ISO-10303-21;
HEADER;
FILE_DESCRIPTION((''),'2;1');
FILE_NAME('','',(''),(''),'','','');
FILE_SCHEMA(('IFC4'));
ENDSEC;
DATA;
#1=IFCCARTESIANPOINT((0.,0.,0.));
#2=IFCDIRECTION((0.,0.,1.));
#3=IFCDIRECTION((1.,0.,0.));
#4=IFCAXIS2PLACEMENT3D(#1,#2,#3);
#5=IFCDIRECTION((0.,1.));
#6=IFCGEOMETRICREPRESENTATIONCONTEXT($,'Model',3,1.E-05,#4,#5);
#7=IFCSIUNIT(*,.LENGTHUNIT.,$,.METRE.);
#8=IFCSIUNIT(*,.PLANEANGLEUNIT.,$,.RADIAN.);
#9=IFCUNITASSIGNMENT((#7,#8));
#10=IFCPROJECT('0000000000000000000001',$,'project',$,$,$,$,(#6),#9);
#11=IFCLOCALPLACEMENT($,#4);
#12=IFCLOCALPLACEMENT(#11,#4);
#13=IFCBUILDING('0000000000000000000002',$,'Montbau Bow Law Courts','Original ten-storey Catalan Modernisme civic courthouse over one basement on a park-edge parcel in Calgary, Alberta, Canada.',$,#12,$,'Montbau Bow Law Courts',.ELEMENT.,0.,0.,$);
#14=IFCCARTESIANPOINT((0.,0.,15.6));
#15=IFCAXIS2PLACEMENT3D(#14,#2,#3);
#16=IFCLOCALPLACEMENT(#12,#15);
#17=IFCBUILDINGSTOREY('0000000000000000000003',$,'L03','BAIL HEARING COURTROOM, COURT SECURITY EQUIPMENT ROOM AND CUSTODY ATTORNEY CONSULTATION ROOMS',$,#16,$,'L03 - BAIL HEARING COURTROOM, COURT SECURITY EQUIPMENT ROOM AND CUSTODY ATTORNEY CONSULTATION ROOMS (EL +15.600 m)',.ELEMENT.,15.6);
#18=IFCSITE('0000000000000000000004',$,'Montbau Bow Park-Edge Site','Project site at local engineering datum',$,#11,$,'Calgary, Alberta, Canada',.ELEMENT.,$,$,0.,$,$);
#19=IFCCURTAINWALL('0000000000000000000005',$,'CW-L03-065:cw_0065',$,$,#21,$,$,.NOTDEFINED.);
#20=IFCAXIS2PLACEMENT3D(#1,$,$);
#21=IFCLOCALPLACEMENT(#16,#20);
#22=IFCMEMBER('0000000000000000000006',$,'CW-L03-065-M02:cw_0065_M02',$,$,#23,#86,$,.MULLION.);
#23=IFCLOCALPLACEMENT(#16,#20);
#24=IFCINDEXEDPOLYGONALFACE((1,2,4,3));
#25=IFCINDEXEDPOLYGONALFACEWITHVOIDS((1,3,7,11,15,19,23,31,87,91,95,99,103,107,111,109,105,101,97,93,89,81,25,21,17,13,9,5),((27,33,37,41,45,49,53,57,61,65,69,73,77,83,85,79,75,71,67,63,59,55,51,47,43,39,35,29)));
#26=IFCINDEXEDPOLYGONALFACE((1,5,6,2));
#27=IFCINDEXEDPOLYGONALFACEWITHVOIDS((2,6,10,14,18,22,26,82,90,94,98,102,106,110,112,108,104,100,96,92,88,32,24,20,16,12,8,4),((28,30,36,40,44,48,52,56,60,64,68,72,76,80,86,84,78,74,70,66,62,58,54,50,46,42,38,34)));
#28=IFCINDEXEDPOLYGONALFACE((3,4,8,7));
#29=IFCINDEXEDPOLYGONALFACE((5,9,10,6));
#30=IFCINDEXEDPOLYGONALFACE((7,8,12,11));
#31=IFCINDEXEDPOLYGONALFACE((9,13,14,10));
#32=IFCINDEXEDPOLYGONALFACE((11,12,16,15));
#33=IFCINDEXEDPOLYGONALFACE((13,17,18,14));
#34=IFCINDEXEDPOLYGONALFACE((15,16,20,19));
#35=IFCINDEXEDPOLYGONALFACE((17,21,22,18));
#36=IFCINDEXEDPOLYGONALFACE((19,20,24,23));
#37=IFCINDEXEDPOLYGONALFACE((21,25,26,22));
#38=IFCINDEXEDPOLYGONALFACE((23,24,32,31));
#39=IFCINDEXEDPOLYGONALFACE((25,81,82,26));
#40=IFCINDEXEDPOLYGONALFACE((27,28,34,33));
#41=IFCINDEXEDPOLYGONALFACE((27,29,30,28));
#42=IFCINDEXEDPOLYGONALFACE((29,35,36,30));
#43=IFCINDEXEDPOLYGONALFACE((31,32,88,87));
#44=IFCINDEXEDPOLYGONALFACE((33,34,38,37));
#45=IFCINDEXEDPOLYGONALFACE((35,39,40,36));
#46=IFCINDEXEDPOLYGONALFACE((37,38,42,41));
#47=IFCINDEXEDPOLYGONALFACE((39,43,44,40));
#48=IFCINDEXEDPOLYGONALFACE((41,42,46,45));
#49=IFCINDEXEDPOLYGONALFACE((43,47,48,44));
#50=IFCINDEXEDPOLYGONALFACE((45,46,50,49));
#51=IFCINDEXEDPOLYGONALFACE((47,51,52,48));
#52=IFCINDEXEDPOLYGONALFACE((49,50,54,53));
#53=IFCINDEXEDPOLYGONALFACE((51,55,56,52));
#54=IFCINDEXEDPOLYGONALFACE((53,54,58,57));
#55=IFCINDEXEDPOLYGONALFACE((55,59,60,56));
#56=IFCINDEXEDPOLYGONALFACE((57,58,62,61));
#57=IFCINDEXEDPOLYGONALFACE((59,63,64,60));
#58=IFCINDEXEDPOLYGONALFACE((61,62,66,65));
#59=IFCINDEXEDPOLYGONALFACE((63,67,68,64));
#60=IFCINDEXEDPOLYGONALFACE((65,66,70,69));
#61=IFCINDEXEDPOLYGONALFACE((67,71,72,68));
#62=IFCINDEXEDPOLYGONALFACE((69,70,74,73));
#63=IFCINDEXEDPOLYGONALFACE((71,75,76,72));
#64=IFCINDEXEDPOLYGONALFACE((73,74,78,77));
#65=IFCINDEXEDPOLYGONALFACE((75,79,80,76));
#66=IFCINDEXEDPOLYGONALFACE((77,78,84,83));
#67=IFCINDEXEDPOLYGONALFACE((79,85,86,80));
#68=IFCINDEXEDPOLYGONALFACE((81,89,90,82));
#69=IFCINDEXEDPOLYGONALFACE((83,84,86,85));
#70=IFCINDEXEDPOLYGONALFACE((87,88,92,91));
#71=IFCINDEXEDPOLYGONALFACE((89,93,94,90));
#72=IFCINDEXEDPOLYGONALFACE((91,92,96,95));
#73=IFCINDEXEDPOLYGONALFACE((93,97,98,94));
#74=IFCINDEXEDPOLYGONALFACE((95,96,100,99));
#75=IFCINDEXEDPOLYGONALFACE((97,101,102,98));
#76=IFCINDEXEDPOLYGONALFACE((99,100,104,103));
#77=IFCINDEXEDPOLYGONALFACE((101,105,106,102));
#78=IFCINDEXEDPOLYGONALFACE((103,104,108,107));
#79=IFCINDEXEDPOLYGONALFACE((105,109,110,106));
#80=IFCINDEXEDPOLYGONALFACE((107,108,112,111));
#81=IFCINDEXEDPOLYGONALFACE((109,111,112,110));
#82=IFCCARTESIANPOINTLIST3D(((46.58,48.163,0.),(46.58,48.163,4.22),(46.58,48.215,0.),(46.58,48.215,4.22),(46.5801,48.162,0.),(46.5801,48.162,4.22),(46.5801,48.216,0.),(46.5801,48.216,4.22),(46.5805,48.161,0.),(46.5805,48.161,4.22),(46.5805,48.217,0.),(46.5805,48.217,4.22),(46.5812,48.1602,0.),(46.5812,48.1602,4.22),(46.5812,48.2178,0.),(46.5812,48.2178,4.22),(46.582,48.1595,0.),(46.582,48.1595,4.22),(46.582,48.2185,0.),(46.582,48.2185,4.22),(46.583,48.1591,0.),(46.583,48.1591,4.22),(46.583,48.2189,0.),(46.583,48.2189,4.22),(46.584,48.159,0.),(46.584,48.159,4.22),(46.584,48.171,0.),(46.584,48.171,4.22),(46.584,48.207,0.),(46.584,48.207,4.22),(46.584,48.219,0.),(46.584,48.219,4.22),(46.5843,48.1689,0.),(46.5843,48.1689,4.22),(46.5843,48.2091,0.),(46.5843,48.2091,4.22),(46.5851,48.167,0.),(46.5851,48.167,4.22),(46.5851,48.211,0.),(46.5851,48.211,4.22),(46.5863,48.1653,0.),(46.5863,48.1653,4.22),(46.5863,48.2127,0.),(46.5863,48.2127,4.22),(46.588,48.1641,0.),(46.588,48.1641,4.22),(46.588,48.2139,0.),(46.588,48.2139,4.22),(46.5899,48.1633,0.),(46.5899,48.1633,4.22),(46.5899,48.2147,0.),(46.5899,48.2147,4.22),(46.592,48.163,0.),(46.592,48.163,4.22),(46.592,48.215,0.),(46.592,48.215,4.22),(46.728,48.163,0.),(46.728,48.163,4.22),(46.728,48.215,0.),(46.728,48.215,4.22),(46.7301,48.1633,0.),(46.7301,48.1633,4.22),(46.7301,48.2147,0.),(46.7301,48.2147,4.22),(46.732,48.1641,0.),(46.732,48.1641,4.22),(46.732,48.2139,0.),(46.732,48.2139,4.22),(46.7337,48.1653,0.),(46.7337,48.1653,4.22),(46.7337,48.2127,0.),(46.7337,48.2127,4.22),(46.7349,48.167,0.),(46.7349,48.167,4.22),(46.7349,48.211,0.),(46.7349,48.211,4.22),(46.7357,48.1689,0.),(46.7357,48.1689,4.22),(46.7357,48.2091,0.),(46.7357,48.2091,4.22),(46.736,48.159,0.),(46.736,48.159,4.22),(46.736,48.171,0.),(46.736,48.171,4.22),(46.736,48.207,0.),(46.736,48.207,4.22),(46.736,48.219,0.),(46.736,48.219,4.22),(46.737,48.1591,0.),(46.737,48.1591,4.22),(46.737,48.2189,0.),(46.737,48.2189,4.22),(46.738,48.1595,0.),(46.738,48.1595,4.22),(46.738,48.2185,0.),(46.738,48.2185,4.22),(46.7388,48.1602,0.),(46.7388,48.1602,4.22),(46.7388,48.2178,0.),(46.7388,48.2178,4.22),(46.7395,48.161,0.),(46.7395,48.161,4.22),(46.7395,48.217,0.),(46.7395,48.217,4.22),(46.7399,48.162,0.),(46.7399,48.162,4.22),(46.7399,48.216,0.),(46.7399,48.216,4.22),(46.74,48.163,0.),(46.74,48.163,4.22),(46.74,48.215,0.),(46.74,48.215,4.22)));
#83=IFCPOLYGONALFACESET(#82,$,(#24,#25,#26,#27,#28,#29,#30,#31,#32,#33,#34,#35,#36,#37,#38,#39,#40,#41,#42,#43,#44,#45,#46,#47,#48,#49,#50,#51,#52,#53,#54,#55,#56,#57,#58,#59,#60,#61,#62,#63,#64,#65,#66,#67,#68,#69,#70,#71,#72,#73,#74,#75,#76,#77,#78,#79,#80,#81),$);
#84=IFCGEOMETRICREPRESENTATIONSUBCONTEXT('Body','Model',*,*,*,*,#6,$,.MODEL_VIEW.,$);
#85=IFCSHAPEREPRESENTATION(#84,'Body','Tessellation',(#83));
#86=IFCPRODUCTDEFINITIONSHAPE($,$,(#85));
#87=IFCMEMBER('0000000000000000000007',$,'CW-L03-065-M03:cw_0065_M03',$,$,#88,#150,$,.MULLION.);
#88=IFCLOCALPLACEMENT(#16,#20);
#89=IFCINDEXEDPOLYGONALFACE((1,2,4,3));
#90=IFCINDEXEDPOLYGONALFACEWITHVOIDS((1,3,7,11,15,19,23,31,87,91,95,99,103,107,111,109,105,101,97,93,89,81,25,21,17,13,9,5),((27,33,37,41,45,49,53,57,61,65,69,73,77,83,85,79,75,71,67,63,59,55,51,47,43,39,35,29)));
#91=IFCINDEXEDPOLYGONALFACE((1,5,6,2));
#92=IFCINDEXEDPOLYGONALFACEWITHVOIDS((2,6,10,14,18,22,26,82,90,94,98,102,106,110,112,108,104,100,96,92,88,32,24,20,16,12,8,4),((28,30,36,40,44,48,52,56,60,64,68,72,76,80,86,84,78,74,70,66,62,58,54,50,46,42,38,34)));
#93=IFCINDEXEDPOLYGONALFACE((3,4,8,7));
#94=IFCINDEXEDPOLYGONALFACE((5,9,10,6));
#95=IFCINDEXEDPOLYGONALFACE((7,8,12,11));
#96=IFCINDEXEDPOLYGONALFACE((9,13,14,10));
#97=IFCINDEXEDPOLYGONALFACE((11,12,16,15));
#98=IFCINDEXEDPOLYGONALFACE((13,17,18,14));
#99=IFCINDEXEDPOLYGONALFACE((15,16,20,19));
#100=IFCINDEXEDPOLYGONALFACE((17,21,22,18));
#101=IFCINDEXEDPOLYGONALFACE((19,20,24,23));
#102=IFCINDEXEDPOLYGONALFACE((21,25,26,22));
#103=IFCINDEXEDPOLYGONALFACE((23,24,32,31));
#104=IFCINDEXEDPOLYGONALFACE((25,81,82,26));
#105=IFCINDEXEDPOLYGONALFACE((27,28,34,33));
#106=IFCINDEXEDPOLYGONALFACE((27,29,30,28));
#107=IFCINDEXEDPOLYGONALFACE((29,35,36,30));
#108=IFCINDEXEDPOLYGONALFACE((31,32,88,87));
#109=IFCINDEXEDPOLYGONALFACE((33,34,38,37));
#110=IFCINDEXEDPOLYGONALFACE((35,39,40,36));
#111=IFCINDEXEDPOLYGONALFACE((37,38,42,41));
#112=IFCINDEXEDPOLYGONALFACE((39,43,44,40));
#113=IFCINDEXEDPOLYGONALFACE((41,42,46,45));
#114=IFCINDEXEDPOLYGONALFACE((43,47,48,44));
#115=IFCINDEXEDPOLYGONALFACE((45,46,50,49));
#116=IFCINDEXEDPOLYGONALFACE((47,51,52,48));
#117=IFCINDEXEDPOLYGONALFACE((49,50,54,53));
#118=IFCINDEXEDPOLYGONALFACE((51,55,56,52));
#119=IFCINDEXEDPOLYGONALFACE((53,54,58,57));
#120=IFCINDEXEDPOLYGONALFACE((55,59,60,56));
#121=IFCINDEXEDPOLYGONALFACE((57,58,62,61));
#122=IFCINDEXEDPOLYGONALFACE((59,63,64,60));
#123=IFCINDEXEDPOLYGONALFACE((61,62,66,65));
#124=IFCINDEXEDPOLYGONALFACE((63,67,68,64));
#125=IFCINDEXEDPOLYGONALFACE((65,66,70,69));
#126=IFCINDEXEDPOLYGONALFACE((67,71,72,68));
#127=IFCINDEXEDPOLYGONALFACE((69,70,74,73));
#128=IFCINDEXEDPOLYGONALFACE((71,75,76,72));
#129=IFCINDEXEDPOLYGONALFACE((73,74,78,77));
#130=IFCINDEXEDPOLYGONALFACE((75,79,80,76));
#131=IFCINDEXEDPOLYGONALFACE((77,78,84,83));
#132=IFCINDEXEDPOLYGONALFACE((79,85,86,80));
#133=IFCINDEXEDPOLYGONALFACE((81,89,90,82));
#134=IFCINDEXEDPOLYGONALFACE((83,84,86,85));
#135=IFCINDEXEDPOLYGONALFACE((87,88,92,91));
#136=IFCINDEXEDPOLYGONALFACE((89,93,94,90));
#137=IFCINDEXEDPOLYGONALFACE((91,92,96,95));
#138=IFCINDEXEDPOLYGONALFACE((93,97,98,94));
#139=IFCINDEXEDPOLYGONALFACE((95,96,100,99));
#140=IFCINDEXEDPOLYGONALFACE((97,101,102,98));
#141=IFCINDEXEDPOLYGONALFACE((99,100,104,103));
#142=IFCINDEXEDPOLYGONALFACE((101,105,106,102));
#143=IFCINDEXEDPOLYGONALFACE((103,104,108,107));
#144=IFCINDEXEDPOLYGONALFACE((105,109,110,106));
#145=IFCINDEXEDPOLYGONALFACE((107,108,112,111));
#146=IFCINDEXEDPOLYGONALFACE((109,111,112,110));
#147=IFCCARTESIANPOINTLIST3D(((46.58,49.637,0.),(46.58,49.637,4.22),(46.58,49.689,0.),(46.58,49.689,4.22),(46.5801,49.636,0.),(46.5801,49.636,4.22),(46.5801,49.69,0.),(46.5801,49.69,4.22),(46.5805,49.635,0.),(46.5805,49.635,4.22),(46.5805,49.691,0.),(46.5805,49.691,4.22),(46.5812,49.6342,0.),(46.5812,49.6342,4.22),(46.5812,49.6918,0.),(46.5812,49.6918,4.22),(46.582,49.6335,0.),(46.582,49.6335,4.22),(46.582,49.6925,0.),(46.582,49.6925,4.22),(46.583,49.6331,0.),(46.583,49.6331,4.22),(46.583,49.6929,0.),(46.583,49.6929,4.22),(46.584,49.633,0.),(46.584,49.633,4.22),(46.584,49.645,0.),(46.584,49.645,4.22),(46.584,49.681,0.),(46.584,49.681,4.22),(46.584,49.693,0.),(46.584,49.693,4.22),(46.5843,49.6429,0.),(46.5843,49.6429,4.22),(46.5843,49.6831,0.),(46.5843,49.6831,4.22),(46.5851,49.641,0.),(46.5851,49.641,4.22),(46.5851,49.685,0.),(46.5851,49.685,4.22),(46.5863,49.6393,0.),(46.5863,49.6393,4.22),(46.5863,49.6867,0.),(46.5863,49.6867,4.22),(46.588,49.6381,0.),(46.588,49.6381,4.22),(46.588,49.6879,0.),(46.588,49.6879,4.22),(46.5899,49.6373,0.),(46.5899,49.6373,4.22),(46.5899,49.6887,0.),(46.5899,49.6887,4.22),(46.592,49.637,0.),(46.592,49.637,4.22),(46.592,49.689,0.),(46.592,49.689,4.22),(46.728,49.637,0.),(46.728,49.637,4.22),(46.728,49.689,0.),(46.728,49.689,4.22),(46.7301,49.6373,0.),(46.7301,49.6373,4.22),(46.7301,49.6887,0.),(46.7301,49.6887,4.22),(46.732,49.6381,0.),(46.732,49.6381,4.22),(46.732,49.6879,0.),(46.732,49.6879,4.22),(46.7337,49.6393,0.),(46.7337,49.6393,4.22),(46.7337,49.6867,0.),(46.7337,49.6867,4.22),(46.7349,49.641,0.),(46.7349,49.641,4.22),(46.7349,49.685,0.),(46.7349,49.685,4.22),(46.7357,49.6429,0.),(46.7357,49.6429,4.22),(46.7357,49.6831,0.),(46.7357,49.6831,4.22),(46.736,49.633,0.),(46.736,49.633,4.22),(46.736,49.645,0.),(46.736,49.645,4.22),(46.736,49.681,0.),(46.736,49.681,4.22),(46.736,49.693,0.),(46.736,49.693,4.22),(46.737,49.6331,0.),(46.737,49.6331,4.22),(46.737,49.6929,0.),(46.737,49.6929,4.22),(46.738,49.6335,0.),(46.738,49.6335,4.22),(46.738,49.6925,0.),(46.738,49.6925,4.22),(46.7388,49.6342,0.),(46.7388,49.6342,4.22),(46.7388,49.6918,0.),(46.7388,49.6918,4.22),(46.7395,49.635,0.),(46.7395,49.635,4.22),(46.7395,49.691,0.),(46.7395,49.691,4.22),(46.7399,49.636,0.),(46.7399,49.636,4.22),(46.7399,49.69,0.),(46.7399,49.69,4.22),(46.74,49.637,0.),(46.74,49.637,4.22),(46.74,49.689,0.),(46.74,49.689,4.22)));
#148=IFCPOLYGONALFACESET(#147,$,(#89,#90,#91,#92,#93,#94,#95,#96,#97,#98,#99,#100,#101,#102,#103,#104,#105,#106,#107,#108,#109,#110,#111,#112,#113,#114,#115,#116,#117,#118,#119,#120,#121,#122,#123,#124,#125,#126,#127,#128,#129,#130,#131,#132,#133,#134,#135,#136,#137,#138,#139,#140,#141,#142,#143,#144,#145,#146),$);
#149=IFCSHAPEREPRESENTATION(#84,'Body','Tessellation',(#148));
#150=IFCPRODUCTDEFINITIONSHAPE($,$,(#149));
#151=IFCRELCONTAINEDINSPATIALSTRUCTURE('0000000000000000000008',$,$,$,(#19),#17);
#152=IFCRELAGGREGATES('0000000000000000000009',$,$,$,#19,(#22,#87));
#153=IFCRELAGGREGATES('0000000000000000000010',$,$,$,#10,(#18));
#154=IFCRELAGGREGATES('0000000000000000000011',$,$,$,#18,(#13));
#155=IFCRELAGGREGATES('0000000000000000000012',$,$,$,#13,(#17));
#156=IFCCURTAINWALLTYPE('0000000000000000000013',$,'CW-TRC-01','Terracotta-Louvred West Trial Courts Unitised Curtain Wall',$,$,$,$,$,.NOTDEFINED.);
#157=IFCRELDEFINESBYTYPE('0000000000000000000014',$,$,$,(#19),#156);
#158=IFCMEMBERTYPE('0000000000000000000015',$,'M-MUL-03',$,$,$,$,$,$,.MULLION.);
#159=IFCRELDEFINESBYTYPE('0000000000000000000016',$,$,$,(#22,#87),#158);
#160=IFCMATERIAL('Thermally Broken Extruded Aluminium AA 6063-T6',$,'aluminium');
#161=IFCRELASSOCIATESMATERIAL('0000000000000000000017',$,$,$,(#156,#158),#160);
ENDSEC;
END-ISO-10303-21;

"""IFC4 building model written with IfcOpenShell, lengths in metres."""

from ifc_helpers import new_model, si_unit, direction, frame, origin_with_axes, origin_2d_with_axis, place, context, subcontext, project, spatial, hollow_rectangle, extrude, material, material_profile, profile_set, type_object, element, aggregate, save


model = new_model("IFC4")

# Units and contexts
model_context = context("Model", 3, precision=1e-05, world=origin_with_axes(), true_north=direction((0.0, 1.0)))
body_context = subcontext(model_context, "Body", "Model", "MODEL_VIEW")
ifc_project = project(units=[si_unit("LENGTHUNIT", "METRE"), si_unit("PLANEANGLEUNIT", "RADIAN")], contexts=[model_context])

# Site, building, storey
site_placement = place(None, origin_with_axes())
site = spatial("IfcSite", under=ifc_project, at=site_placement, Name="Montbau Bow Park-Edge Site", Description="Project site at local engineering datum", LongName="Calgary, Alberta, Canada", CompositionType="ELEMENT", RefElevation=0.0)
building_placement = place(site_placement, origin_with_axes())
building = spatial("IfcBuilding", under=site, at=building_placement, Name="Montbau Bow Law Courts", Description="Original ten-storey Catalan Modernisme civic courthouse over one basement on a park-edge parcel in Calgary, Alberta, Canada.", LongName="Montbau Bow Law Courts", CompositionType="ELEMENT", ElevationOfRefHeight=0.0, ElevationOfTerrain=0.0)
storey_placement = place(building_placement, frame((0.0, 0.0, 15.6), z_axis=(0.0, 0.0, 1.0), x_axis=(1.0, 0.0, 0.0)))
storey = spatial("IfcBuildingStorey", under=building, at=storey_placement, Name="L03", Description="BAIL HEARING COURTROOM, COURT SECURITY EQUIPMENT ROOM AND CUSTODY ATTORNEY CONSULTATION ROOMS", LongName="L03 - BAIL HEARING COURTROOM, COURT SECURITY EQUIPMENT ROOM AND CUSTODY ATTORNEY CONSULTATION ROOMS (EL +15.600 m)", CompositionType="ELEMENT", Elevation=15.6)

# Curtain wall, members
ifc_material_1 = material(Name="Thermally Broken Extruded Aluminium AA 6063-T6", Category="aluminium")
curtain_wall_type_1 = type_object("IfcCurtainWallType", Name="CW-TRC-01", Description="Terracotta-Louvred West Trial Courts Unitised Curtain Wall", PredefinedType="NOTDEFINED", material=ifc_material_1)
curtain_wall_1_placement = place(None, frame((46.66, 46.715, 15.6), z_axis=(0.0, 0.0, 1.0), x_axis=(1.0, 0.0, 0.0)))
curtain_wall_1 = element("IfcCurtainWall", 1, at=curtain_wall_1_placement, inside=storey, type_object=curtain_wall_type_1, Name="CW-L03-065:cw_0065", PredefinedType="NOTDEFINED")
ifc_material_profile_1 = material_profile(ifc_material_1, hollow_rectangle(XDim=0.06, YDim=0.16, WallThickness=0.004, InnerFilletRadius=0.008, OuterFilletRadius=0.004, at=origin_2d_with_axis()), Name="CWM-160X60", Category="Main", Priority=0)
ifc_profile_set_1 = profile_set([ifc_material_profile_1], Name="Thermally Broken Extruded Aluminium AA 6063-T6")
member_type_1 = type_object("IfcMemberType", Name="M-MUL-03", PredefinedType="MULLION", material=ifc_profile_set_1)
member_1_placement = place(None, frame((46.66, 48.189, 15.6), z_axis=(0.0, 0.0, 1.0), x_axis=(0.0, 1.0, 0.0)))
member_1 = element("IfcMember", 2, at=member_1_placement, type_object=member_type_1, Name="CW-L03-065-M02:cw_0065_M02", PredefinedType="MULLION", context=body_context, shape_type="SweptSolid", body=[
    extrude(hollow_rectangle(XDim=0.06, YDim=0.16, WallThickness=0.004, InnerFilletRadius=0.008, OuterFilletRadius=0.004, at=origin_2d_with_axis()), origin_with_axes(), (0.0, 0.0, 1.0), 4.22),
])
member_2_placement = place(None, frame((46.66, 49.663, 15.6), z_axis=(0.0, 0.0, 1.0), x_axis=(0.0, 1.0, 0.0)))
member_2 = element("IfcMember", 3, at=member_2_placement, type_object=member_type_1, Name="CW-L03-065-M03:cw_0065_M03", PredefinedType="MULLION", context=body_context, shape_type="SweptSolid", body=[
    extrude(hollow_rectangle(XDim=0.06, YDim=0.16, WallThickness=0.004, InnerFilletRadius=0.008, OuterFilletRadius=0.004, at=origin_2d_with_axis()), origin_with_axes(), (0.0, 0.0, 1.0), 4.22),
])

aggregate(curtain_wall_1, [member_1, member_2])

save(model, "model.ifc")
